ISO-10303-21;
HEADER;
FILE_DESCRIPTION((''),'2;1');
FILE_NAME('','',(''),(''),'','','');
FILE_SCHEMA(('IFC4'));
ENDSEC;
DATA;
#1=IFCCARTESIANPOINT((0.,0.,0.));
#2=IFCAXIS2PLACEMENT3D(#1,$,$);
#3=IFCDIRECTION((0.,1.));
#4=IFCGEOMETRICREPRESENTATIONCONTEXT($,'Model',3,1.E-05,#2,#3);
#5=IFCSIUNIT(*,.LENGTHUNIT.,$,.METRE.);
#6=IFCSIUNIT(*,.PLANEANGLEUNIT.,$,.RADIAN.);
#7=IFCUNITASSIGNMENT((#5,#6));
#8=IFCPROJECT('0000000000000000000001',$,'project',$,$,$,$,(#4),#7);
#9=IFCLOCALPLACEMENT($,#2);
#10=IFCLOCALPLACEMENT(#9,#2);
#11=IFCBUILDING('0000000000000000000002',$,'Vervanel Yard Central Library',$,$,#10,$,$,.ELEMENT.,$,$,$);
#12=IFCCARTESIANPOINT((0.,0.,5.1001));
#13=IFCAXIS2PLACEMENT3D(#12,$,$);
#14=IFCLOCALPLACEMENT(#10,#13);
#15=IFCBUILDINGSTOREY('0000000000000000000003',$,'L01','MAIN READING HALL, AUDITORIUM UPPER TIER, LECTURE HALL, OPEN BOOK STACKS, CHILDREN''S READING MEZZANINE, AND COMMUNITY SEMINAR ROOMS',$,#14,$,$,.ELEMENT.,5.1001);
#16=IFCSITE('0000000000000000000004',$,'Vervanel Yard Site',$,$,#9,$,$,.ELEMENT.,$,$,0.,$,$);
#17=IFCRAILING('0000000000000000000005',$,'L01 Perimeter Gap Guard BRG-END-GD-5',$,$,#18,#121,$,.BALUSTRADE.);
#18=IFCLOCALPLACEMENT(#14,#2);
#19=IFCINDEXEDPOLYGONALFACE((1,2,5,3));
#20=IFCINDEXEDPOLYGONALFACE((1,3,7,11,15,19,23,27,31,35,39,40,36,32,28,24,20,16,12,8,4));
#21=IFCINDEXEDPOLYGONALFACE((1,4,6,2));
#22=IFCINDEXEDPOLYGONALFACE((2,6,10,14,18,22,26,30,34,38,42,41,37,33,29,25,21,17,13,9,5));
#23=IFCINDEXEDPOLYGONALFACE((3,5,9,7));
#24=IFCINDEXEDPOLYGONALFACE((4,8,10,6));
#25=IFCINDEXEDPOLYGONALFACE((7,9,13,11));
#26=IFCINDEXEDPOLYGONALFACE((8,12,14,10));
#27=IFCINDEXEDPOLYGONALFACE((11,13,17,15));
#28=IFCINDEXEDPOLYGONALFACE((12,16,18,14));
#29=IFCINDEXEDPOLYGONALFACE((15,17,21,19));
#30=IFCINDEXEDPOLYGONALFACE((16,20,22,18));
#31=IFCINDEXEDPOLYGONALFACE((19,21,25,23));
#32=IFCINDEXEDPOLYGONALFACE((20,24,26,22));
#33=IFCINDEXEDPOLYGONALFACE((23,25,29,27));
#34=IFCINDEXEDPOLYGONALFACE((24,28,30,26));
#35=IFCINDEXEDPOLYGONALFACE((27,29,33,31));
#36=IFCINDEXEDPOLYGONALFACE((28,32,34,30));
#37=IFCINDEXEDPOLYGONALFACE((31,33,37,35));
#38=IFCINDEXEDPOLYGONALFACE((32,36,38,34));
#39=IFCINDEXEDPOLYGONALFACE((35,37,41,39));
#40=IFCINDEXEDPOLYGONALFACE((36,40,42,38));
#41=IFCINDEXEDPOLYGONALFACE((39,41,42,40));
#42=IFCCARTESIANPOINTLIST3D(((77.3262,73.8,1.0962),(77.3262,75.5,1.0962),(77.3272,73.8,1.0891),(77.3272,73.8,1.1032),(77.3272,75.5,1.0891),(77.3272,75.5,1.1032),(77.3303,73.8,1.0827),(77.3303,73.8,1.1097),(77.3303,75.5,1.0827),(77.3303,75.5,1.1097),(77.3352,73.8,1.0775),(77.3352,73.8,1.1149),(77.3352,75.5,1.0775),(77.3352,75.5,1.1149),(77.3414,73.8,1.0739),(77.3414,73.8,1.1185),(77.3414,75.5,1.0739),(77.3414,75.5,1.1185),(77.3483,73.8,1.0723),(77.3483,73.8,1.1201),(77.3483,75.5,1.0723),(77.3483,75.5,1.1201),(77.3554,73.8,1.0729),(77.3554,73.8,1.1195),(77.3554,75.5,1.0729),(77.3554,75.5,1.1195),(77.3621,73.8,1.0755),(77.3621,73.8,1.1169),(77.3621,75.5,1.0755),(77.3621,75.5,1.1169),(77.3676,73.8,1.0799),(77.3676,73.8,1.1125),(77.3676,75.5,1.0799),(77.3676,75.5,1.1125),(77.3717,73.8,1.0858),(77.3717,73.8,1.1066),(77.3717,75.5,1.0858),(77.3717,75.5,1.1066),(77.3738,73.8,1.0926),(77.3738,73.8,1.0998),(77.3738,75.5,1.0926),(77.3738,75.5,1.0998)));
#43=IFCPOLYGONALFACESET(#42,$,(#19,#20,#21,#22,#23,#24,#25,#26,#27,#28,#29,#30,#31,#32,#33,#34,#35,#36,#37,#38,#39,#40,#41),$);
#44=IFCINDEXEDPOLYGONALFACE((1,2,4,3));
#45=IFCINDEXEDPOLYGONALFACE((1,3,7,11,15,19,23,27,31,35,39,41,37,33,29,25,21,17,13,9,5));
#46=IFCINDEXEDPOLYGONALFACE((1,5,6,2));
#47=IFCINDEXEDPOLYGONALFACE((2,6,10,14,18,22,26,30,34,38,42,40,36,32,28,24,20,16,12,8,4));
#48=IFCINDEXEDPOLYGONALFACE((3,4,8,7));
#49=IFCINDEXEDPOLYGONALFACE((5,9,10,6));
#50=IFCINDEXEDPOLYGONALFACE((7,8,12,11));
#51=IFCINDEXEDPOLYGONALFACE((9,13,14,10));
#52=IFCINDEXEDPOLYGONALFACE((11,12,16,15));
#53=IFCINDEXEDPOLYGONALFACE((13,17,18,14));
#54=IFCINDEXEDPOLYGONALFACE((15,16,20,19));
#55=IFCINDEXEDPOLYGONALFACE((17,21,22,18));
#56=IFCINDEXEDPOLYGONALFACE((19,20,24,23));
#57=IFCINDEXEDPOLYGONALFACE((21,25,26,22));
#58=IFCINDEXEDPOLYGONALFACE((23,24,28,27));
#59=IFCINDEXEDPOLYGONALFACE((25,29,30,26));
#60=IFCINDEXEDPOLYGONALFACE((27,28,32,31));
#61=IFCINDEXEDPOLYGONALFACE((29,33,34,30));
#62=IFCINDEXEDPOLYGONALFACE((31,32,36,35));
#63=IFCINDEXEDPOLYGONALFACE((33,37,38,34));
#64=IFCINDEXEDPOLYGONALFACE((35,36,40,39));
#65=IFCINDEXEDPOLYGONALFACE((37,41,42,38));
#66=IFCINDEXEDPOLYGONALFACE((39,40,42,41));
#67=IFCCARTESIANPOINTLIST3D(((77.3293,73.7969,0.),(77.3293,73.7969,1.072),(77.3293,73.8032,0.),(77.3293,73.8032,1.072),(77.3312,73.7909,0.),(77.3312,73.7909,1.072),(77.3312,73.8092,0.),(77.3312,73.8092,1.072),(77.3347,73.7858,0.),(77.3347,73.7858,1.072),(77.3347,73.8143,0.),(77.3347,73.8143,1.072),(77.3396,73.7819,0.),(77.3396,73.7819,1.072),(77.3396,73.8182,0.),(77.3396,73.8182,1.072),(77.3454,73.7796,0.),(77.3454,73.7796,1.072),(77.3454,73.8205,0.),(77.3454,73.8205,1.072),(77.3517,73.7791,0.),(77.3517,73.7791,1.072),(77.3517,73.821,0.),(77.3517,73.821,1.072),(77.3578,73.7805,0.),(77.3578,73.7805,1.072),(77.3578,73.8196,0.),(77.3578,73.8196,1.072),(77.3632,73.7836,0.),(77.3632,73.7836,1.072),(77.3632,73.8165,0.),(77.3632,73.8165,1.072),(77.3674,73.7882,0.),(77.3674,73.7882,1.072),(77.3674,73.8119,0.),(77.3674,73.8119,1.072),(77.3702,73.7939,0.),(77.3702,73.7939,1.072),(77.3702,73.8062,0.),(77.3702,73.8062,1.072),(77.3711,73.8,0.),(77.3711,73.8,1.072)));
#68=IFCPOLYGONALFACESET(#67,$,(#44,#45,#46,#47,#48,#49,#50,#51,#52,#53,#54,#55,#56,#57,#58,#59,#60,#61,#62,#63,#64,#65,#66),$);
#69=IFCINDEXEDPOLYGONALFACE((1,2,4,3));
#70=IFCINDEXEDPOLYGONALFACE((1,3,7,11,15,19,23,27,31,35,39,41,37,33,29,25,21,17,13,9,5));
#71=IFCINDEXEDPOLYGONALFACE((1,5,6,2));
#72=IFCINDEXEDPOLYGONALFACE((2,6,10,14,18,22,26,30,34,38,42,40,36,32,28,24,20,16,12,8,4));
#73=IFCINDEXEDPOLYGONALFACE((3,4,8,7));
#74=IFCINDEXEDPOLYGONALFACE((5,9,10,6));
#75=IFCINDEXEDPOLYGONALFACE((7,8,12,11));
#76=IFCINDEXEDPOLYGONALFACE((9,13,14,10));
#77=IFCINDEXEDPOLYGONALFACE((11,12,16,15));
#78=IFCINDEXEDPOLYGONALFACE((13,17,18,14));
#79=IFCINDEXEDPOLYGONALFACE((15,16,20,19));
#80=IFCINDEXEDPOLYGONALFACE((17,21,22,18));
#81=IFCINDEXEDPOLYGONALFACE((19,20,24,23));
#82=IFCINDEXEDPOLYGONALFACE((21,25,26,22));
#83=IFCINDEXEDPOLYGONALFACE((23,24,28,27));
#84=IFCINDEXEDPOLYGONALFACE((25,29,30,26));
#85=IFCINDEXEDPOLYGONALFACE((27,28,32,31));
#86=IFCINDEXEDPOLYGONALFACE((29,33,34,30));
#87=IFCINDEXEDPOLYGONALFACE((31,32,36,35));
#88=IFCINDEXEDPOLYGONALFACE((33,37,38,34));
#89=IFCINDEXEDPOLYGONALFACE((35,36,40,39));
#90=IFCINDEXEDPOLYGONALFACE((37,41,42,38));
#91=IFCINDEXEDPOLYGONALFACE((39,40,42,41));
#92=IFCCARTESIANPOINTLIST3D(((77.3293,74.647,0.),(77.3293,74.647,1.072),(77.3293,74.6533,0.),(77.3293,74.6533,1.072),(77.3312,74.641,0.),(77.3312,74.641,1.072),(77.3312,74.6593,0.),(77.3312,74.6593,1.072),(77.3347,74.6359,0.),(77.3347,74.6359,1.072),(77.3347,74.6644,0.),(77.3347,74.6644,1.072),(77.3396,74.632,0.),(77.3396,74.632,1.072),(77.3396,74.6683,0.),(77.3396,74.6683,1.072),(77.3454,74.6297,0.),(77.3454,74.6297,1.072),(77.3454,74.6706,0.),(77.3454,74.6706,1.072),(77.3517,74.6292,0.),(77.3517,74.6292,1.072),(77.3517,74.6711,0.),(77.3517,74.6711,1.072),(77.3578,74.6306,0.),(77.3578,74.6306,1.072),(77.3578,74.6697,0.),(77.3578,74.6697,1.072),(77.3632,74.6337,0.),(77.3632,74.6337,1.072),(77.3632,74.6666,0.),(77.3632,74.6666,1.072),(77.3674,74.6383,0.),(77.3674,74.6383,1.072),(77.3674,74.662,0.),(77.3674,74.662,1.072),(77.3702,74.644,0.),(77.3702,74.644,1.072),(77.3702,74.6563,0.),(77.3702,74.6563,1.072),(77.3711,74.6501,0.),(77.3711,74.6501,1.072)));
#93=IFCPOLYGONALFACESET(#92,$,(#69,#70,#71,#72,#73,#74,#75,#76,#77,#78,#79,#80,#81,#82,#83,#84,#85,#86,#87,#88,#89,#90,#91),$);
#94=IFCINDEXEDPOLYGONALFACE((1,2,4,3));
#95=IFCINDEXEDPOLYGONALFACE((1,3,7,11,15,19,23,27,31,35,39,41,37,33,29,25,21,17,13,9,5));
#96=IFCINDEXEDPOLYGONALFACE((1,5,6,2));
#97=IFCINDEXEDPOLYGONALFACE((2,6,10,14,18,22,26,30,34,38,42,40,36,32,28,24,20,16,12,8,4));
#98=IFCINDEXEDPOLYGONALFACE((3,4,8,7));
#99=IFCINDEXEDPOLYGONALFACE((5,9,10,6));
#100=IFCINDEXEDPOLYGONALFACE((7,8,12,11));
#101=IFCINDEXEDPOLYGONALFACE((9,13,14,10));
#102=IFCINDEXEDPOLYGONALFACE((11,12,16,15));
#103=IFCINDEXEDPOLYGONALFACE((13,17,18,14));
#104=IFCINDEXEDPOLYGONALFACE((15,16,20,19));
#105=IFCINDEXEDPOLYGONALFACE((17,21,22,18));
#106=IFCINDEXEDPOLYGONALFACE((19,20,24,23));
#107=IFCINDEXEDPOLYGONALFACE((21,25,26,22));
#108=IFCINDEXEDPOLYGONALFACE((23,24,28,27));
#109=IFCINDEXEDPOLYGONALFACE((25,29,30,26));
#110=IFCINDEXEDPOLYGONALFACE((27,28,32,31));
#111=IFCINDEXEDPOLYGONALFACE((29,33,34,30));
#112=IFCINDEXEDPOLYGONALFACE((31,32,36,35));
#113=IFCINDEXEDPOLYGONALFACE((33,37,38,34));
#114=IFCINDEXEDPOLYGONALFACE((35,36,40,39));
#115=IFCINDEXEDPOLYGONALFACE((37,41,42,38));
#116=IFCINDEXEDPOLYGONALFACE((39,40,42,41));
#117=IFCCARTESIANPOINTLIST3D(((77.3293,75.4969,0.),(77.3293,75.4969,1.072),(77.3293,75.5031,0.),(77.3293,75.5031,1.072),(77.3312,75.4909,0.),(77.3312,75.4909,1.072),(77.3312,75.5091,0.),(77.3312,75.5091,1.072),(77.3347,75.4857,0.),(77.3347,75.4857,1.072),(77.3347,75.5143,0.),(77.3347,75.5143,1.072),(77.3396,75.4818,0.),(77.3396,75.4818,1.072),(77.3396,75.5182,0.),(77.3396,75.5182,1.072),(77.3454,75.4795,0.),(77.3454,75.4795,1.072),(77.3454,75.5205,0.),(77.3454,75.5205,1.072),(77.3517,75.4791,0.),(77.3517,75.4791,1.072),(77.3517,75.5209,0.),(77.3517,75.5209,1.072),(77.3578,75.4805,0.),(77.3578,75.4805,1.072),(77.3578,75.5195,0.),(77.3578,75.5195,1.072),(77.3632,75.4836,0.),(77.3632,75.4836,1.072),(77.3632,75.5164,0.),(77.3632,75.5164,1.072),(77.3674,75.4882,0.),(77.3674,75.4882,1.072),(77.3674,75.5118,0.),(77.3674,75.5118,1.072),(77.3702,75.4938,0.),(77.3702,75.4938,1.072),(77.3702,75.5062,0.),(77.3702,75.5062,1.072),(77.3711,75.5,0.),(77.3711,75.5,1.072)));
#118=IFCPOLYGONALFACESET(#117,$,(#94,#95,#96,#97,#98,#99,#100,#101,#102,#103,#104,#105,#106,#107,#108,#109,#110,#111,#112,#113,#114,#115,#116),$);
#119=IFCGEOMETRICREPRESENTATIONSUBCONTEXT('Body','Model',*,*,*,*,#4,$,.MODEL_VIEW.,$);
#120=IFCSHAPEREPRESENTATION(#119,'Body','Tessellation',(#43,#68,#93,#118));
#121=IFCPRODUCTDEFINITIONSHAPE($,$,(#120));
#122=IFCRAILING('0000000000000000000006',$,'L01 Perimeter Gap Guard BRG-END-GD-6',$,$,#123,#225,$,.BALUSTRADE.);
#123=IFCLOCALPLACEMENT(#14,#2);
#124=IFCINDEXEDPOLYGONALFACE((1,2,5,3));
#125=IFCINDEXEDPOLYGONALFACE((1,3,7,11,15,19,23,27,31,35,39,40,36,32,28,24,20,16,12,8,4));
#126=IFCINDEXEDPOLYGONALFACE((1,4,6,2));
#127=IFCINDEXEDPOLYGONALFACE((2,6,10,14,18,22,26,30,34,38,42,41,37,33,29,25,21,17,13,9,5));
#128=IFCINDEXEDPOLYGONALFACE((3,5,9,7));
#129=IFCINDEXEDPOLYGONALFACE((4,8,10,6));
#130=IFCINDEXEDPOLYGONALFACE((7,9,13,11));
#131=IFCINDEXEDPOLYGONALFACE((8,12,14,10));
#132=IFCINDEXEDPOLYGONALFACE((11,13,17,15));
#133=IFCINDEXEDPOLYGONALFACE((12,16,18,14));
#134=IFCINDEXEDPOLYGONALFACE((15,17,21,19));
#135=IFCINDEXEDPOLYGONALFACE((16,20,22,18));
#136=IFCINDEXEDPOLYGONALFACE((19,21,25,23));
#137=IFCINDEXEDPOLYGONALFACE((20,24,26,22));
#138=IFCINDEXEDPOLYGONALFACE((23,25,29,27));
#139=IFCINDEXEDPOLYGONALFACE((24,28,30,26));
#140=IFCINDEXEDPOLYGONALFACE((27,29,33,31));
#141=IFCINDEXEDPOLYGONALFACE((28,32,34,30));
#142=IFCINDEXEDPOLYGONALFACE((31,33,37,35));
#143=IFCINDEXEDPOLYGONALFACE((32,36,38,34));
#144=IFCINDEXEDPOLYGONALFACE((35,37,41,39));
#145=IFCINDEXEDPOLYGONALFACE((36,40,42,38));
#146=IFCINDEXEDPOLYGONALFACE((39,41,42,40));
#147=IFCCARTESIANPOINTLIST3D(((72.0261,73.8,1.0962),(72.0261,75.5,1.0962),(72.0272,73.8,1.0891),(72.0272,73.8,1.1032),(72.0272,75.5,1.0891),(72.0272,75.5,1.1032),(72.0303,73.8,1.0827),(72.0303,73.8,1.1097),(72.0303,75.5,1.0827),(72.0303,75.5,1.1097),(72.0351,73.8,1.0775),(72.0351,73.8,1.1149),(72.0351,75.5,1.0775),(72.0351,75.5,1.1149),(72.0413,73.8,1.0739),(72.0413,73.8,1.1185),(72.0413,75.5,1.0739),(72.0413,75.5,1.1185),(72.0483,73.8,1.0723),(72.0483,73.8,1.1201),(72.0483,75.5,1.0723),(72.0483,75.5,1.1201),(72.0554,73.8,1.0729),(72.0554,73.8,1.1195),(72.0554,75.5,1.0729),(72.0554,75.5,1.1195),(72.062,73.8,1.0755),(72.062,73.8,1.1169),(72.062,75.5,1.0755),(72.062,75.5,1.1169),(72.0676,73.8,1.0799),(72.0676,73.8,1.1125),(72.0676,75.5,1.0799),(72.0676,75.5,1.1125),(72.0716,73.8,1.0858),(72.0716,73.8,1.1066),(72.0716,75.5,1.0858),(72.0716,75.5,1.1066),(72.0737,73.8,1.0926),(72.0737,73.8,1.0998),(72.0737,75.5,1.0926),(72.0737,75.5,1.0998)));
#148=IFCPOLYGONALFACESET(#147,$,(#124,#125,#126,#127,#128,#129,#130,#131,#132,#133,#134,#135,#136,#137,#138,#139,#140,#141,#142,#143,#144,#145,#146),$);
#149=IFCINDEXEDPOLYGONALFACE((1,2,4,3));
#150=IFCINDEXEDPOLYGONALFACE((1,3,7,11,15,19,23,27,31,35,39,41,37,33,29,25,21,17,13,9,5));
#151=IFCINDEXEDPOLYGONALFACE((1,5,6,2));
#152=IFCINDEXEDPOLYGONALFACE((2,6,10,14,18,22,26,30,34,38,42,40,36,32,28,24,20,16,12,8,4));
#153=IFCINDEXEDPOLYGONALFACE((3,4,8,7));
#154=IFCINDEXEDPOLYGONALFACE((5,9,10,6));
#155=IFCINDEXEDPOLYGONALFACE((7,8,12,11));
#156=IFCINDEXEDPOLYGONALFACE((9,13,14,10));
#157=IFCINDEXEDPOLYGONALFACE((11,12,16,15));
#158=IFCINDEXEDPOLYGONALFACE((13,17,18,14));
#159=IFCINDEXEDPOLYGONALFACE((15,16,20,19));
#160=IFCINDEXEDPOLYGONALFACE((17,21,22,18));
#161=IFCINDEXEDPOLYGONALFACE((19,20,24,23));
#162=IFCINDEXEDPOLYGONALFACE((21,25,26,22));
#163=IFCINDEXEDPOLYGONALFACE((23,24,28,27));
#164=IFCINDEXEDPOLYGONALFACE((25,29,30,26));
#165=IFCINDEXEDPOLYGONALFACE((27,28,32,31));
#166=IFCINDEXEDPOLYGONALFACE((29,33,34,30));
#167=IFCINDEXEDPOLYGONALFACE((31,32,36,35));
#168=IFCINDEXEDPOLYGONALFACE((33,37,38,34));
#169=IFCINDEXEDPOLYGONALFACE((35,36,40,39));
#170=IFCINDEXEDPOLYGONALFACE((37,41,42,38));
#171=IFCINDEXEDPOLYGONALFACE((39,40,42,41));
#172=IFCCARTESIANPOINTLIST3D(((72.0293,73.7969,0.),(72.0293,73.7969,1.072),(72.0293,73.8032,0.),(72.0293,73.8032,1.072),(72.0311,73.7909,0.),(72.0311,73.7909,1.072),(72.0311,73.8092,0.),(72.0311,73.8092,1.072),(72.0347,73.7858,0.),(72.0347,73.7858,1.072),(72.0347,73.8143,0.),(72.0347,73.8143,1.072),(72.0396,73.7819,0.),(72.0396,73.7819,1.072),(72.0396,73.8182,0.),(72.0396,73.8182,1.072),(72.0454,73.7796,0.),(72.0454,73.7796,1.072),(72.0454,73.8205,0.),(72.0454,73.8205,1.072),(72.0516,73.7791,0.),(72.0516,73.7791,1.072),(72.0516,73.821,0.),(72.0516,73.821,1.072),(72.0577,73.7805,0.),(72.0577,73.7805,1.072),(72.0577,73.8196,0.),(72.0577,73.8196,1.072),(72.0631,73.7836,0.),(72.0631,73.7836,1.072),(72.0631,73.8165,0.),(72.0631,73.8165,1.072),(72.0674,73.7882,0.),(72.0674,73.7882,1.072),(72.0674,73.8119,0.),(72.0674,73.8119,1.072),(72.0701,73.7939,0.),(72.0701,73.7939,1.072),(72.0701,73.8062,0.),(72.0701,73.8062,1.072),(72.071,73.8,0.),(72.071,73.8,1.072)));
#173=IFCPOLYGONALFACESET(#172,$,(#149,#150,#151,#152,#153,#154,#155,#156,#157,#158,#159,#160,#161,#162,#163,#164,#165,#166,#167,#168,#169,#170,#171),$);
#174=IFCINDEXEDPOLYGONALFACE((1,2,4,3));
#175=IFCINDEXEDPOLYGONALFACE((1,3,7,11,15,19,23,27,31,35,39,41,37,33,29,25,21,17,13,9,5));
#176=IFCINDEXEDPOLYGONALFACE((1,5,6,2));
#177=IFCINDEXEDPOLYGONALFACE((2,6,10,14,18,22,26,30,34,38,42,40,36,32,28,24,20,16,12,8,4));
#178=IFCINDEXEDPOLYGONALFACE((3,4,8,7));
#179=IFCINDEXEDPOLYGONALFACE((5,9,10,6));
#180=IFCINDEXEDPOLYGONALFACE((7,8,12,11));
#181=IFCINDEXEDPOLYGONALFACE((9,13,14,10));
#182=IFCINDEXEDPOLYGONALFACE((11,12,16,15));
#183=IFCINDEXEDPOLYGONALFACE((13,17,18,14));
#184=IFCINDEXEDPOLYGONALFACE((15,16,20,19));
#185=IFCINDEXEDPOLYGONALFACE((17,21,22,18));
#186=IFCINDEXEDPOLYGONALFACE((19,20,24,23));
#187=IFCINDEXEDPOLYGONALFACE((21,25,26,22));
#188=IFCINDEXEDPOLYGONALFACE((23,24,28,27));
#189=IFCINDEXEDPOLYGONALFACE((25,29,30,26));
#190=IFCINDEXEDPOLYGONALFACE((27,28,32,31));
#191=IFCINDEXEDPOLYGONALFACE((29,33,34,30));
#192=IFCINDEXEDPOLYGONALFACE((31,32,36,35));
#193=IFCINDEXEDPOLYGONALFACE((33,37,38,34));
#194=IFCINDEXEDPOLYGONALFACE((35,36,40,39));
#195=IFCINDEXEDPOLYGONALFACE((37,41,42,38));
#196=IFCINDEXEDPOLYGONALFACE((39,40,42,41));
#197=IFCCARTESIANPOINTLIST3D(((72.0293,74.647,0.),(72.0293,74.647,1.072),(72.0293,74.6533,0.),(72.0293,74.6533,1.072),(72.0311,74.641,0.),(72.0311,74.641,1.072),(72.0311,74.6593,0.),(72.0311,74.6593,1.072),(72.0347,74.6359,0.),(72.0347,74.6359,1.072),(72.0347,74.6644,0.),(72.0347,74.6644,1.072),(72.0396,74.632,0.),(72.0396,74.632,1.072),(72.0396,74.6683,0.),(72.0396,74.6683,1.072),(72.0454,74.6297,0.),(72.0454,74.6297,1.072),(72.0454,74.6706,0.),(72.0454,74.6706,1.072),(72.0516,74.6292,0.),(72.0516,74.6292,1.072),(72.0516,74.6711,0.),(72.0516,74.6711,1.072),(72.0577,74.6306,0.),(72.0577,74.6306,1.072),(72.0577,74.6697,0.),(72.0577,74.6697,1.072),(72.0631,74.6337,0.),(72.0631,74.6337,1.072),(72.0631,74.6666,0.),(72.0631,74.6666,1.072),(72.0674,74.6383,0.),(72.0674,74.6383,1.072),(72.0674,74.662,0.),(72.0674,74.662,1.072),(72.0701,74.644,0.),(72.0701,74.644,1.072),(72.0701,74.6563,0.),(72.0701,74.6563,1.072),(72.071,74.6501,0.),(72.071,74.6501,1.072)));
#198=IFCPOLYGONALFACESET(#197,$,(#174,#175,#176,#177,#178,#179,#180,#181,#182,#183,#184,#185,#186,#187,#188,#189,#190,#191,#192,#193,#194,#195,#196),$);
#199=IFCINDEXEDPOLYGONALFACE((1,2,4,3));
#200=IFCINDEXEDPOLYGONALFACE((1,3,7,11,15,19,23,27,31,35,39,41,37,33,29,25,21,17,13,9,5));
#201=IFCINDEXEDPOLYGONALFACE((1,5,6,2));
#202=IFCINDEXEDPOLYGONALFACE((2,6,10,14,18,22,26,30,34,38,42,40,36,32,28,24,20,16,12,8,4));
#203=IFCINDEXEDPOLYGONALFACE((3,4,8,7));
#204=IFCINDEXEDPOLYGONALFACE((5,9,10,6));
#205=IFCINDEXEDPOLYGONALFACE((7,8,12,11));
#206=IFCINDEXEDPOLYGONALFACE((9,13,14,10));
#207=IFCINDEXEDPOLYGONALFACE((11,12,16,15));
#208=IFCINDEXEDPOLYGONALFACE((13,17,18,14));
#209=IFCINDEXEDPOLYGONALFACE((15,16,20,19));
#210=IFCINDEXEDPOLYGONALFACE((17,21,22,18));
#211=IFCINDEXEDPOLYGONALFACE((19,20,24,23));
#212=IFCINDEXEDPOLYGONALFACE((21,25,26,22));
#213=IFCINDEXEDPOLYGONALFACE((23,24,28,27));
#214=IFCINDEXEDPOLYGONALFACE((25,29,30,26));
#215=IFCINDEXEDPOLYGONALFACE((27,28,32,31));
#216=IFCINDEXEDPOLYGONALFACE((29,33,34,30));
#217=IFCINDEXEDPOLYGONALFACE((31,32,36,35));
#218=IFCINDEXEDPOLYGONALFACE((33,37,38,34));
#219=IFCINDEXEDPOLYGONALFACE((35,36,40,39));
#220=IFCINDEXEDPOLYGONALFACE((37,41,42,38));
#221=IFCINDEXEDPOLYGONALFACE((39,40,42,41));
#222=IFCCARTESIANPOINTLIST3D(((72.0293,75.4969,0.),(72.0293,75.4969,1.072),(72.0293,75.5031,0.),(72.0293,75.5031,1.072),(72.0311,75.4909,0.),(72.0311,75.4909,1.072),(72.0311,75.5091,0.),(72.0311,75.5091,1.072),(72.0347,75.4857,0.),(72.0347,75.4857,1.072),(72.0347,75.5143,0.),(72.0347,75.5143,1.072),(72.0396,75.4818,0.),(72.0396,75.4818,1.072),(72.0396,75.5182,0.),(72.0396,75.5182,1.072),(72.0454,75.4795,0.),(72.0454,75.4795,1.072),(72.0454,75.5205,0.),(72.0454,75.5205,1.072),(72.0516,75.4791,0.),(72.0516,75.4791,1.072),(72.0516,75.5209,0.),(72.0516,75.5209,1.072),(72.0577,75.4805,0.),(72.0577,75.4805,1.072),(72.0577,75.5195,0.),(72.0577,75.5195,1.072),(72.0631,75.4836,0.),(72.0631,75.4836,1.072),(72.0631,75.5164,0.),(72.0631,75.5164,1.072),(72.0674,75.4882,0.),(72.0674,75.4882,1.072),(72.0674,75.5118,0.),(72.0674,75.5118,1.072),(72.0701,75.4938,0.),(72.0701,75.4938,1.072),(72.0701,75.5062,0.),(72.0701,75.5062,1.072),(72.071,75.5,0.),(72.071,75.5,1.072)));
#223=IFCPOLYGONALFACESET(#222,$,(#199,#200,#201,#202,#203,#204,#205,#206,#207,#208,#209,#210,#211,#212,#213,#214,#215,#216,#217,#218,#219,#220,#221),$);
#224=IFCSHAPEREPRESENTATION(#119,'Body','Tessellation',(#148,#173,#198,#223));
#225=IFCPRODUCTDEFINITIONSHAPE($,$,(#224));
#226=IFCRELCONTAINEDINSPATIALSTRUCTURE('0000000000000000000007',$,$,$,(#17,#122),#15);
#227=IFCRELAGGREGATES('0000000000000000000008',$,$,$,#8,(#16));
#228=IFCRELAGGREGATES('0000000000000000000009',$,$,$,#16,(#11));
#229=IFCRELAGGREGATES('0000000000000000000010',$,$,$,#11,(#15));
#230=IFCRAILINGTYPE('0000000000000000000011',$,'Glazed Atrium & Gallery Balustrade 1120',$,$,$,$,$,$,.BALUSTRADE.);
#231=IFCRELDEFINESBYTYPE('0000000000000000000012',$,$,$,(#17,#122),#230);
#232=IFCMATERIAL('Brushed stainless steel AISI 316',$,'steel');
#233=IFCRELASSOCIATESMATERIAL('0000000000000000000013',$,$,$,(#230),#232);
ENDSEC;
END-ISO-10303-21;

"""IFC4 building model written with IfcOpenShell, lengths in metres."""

from ifc_helpers import new_model, si_unit, direction, frame, origin, origin_2d, place, context, subcontext, project, spatial, circle, extrude, material, type_object, element, save


model = new_model("IFC4")

# Units and contexts
model_context = context("Model", 3, precision=1e-05, world=origin(), true_north=direction((0.0, 1.0)))
body_context = subcontext(model_context, "Body", "Model", "MODEL_VIEW")
ifc_project = project(units=[si_unit("LENGTHUNIT", "METRE"), si_unit("PLANEANGLEUNIT", "RADIAN")], contexts=[model_context])

# Site, building, storey
site_placement = place(None, origin())
site = spatial("IfcSite", under=ifc_project, at=site_placement, Name="Vervanel Yard Site", CompositionType="ELEMENT", RefElevation=0.0)
building_placement = place(site_placement, origin())
building = spatial("IfcBuilding", under=site, at=building_placement, Name="Vervanel Yard Central Library", CompositionType="ELEMENT")
storey_placement = place(building_placement, frame((0.0, 0.0, 5.1001)))
storey = spatial("IfcBuildingStorey", under=building, at=storey_placement, Name="L01", Description="MAIN READING HALL, AUDITORIUM UPPER TIER, LECTURE HALL, OPEN BOOK STACKS, CHILDREN'S READING MEZZANINE, AND COMMUNITY SEMINAR ROOMS", CompositionType="ELEMENT", Elevation=5.1001)

# Railings
ifc_material_1 = material(Name="Brushed stainless steel AISI 316", Category="steel")
railing_type = type_object("IfcRailingType", Name="Glazed Atrium & Gallery Balustrade 1120", PredefinedType="BALUSTRADE", material=ifc_material_1)
for number, where, name in (
    (1, (77.3501, 73.8, 0.0), "L01 Perimeter Gap Guard BRG-END-GD-5"),
    (2, (72.05, 73.8, 0.0), "L01 Perimeter Gap Guard BRG-END-GD-6"),
):
    element("IfcRailing", number, at=place(storey_placement, frame(where)), inside=storey, type_object=railing_type, Name=name, PredefinedType="BALUSTRADE", context=body_context, shape_type="SweptSolid", body=[
        extrude(circle(Radius=0.0239, at=origin_2d()), frame((0.0, 0.0, 1.0962), z_axis=(0.0, 1.0, 0.0), x_axis=(-1.0, 0.0, 0.0)), (0.0, 0.0, 1.0), 1.7),
        extrude(circle(Radius=0.021, at=origin_2d()), origin(), (0.0, 0.0, 1.0), 1.072),
        extrude(circle(Radius=0.021, at=origin_2d()), frame((0.0, 0.8501, 0.0)), (0.0, 0.0, 1.0), 1.072),
        extrude(circle(Radius=0.021, at=origin_2d()), frame((0.0, 1.7, 0.0)), (0.0, 0.0, 1.0), 1.072),
    ])

save(model, "model.ifc")
